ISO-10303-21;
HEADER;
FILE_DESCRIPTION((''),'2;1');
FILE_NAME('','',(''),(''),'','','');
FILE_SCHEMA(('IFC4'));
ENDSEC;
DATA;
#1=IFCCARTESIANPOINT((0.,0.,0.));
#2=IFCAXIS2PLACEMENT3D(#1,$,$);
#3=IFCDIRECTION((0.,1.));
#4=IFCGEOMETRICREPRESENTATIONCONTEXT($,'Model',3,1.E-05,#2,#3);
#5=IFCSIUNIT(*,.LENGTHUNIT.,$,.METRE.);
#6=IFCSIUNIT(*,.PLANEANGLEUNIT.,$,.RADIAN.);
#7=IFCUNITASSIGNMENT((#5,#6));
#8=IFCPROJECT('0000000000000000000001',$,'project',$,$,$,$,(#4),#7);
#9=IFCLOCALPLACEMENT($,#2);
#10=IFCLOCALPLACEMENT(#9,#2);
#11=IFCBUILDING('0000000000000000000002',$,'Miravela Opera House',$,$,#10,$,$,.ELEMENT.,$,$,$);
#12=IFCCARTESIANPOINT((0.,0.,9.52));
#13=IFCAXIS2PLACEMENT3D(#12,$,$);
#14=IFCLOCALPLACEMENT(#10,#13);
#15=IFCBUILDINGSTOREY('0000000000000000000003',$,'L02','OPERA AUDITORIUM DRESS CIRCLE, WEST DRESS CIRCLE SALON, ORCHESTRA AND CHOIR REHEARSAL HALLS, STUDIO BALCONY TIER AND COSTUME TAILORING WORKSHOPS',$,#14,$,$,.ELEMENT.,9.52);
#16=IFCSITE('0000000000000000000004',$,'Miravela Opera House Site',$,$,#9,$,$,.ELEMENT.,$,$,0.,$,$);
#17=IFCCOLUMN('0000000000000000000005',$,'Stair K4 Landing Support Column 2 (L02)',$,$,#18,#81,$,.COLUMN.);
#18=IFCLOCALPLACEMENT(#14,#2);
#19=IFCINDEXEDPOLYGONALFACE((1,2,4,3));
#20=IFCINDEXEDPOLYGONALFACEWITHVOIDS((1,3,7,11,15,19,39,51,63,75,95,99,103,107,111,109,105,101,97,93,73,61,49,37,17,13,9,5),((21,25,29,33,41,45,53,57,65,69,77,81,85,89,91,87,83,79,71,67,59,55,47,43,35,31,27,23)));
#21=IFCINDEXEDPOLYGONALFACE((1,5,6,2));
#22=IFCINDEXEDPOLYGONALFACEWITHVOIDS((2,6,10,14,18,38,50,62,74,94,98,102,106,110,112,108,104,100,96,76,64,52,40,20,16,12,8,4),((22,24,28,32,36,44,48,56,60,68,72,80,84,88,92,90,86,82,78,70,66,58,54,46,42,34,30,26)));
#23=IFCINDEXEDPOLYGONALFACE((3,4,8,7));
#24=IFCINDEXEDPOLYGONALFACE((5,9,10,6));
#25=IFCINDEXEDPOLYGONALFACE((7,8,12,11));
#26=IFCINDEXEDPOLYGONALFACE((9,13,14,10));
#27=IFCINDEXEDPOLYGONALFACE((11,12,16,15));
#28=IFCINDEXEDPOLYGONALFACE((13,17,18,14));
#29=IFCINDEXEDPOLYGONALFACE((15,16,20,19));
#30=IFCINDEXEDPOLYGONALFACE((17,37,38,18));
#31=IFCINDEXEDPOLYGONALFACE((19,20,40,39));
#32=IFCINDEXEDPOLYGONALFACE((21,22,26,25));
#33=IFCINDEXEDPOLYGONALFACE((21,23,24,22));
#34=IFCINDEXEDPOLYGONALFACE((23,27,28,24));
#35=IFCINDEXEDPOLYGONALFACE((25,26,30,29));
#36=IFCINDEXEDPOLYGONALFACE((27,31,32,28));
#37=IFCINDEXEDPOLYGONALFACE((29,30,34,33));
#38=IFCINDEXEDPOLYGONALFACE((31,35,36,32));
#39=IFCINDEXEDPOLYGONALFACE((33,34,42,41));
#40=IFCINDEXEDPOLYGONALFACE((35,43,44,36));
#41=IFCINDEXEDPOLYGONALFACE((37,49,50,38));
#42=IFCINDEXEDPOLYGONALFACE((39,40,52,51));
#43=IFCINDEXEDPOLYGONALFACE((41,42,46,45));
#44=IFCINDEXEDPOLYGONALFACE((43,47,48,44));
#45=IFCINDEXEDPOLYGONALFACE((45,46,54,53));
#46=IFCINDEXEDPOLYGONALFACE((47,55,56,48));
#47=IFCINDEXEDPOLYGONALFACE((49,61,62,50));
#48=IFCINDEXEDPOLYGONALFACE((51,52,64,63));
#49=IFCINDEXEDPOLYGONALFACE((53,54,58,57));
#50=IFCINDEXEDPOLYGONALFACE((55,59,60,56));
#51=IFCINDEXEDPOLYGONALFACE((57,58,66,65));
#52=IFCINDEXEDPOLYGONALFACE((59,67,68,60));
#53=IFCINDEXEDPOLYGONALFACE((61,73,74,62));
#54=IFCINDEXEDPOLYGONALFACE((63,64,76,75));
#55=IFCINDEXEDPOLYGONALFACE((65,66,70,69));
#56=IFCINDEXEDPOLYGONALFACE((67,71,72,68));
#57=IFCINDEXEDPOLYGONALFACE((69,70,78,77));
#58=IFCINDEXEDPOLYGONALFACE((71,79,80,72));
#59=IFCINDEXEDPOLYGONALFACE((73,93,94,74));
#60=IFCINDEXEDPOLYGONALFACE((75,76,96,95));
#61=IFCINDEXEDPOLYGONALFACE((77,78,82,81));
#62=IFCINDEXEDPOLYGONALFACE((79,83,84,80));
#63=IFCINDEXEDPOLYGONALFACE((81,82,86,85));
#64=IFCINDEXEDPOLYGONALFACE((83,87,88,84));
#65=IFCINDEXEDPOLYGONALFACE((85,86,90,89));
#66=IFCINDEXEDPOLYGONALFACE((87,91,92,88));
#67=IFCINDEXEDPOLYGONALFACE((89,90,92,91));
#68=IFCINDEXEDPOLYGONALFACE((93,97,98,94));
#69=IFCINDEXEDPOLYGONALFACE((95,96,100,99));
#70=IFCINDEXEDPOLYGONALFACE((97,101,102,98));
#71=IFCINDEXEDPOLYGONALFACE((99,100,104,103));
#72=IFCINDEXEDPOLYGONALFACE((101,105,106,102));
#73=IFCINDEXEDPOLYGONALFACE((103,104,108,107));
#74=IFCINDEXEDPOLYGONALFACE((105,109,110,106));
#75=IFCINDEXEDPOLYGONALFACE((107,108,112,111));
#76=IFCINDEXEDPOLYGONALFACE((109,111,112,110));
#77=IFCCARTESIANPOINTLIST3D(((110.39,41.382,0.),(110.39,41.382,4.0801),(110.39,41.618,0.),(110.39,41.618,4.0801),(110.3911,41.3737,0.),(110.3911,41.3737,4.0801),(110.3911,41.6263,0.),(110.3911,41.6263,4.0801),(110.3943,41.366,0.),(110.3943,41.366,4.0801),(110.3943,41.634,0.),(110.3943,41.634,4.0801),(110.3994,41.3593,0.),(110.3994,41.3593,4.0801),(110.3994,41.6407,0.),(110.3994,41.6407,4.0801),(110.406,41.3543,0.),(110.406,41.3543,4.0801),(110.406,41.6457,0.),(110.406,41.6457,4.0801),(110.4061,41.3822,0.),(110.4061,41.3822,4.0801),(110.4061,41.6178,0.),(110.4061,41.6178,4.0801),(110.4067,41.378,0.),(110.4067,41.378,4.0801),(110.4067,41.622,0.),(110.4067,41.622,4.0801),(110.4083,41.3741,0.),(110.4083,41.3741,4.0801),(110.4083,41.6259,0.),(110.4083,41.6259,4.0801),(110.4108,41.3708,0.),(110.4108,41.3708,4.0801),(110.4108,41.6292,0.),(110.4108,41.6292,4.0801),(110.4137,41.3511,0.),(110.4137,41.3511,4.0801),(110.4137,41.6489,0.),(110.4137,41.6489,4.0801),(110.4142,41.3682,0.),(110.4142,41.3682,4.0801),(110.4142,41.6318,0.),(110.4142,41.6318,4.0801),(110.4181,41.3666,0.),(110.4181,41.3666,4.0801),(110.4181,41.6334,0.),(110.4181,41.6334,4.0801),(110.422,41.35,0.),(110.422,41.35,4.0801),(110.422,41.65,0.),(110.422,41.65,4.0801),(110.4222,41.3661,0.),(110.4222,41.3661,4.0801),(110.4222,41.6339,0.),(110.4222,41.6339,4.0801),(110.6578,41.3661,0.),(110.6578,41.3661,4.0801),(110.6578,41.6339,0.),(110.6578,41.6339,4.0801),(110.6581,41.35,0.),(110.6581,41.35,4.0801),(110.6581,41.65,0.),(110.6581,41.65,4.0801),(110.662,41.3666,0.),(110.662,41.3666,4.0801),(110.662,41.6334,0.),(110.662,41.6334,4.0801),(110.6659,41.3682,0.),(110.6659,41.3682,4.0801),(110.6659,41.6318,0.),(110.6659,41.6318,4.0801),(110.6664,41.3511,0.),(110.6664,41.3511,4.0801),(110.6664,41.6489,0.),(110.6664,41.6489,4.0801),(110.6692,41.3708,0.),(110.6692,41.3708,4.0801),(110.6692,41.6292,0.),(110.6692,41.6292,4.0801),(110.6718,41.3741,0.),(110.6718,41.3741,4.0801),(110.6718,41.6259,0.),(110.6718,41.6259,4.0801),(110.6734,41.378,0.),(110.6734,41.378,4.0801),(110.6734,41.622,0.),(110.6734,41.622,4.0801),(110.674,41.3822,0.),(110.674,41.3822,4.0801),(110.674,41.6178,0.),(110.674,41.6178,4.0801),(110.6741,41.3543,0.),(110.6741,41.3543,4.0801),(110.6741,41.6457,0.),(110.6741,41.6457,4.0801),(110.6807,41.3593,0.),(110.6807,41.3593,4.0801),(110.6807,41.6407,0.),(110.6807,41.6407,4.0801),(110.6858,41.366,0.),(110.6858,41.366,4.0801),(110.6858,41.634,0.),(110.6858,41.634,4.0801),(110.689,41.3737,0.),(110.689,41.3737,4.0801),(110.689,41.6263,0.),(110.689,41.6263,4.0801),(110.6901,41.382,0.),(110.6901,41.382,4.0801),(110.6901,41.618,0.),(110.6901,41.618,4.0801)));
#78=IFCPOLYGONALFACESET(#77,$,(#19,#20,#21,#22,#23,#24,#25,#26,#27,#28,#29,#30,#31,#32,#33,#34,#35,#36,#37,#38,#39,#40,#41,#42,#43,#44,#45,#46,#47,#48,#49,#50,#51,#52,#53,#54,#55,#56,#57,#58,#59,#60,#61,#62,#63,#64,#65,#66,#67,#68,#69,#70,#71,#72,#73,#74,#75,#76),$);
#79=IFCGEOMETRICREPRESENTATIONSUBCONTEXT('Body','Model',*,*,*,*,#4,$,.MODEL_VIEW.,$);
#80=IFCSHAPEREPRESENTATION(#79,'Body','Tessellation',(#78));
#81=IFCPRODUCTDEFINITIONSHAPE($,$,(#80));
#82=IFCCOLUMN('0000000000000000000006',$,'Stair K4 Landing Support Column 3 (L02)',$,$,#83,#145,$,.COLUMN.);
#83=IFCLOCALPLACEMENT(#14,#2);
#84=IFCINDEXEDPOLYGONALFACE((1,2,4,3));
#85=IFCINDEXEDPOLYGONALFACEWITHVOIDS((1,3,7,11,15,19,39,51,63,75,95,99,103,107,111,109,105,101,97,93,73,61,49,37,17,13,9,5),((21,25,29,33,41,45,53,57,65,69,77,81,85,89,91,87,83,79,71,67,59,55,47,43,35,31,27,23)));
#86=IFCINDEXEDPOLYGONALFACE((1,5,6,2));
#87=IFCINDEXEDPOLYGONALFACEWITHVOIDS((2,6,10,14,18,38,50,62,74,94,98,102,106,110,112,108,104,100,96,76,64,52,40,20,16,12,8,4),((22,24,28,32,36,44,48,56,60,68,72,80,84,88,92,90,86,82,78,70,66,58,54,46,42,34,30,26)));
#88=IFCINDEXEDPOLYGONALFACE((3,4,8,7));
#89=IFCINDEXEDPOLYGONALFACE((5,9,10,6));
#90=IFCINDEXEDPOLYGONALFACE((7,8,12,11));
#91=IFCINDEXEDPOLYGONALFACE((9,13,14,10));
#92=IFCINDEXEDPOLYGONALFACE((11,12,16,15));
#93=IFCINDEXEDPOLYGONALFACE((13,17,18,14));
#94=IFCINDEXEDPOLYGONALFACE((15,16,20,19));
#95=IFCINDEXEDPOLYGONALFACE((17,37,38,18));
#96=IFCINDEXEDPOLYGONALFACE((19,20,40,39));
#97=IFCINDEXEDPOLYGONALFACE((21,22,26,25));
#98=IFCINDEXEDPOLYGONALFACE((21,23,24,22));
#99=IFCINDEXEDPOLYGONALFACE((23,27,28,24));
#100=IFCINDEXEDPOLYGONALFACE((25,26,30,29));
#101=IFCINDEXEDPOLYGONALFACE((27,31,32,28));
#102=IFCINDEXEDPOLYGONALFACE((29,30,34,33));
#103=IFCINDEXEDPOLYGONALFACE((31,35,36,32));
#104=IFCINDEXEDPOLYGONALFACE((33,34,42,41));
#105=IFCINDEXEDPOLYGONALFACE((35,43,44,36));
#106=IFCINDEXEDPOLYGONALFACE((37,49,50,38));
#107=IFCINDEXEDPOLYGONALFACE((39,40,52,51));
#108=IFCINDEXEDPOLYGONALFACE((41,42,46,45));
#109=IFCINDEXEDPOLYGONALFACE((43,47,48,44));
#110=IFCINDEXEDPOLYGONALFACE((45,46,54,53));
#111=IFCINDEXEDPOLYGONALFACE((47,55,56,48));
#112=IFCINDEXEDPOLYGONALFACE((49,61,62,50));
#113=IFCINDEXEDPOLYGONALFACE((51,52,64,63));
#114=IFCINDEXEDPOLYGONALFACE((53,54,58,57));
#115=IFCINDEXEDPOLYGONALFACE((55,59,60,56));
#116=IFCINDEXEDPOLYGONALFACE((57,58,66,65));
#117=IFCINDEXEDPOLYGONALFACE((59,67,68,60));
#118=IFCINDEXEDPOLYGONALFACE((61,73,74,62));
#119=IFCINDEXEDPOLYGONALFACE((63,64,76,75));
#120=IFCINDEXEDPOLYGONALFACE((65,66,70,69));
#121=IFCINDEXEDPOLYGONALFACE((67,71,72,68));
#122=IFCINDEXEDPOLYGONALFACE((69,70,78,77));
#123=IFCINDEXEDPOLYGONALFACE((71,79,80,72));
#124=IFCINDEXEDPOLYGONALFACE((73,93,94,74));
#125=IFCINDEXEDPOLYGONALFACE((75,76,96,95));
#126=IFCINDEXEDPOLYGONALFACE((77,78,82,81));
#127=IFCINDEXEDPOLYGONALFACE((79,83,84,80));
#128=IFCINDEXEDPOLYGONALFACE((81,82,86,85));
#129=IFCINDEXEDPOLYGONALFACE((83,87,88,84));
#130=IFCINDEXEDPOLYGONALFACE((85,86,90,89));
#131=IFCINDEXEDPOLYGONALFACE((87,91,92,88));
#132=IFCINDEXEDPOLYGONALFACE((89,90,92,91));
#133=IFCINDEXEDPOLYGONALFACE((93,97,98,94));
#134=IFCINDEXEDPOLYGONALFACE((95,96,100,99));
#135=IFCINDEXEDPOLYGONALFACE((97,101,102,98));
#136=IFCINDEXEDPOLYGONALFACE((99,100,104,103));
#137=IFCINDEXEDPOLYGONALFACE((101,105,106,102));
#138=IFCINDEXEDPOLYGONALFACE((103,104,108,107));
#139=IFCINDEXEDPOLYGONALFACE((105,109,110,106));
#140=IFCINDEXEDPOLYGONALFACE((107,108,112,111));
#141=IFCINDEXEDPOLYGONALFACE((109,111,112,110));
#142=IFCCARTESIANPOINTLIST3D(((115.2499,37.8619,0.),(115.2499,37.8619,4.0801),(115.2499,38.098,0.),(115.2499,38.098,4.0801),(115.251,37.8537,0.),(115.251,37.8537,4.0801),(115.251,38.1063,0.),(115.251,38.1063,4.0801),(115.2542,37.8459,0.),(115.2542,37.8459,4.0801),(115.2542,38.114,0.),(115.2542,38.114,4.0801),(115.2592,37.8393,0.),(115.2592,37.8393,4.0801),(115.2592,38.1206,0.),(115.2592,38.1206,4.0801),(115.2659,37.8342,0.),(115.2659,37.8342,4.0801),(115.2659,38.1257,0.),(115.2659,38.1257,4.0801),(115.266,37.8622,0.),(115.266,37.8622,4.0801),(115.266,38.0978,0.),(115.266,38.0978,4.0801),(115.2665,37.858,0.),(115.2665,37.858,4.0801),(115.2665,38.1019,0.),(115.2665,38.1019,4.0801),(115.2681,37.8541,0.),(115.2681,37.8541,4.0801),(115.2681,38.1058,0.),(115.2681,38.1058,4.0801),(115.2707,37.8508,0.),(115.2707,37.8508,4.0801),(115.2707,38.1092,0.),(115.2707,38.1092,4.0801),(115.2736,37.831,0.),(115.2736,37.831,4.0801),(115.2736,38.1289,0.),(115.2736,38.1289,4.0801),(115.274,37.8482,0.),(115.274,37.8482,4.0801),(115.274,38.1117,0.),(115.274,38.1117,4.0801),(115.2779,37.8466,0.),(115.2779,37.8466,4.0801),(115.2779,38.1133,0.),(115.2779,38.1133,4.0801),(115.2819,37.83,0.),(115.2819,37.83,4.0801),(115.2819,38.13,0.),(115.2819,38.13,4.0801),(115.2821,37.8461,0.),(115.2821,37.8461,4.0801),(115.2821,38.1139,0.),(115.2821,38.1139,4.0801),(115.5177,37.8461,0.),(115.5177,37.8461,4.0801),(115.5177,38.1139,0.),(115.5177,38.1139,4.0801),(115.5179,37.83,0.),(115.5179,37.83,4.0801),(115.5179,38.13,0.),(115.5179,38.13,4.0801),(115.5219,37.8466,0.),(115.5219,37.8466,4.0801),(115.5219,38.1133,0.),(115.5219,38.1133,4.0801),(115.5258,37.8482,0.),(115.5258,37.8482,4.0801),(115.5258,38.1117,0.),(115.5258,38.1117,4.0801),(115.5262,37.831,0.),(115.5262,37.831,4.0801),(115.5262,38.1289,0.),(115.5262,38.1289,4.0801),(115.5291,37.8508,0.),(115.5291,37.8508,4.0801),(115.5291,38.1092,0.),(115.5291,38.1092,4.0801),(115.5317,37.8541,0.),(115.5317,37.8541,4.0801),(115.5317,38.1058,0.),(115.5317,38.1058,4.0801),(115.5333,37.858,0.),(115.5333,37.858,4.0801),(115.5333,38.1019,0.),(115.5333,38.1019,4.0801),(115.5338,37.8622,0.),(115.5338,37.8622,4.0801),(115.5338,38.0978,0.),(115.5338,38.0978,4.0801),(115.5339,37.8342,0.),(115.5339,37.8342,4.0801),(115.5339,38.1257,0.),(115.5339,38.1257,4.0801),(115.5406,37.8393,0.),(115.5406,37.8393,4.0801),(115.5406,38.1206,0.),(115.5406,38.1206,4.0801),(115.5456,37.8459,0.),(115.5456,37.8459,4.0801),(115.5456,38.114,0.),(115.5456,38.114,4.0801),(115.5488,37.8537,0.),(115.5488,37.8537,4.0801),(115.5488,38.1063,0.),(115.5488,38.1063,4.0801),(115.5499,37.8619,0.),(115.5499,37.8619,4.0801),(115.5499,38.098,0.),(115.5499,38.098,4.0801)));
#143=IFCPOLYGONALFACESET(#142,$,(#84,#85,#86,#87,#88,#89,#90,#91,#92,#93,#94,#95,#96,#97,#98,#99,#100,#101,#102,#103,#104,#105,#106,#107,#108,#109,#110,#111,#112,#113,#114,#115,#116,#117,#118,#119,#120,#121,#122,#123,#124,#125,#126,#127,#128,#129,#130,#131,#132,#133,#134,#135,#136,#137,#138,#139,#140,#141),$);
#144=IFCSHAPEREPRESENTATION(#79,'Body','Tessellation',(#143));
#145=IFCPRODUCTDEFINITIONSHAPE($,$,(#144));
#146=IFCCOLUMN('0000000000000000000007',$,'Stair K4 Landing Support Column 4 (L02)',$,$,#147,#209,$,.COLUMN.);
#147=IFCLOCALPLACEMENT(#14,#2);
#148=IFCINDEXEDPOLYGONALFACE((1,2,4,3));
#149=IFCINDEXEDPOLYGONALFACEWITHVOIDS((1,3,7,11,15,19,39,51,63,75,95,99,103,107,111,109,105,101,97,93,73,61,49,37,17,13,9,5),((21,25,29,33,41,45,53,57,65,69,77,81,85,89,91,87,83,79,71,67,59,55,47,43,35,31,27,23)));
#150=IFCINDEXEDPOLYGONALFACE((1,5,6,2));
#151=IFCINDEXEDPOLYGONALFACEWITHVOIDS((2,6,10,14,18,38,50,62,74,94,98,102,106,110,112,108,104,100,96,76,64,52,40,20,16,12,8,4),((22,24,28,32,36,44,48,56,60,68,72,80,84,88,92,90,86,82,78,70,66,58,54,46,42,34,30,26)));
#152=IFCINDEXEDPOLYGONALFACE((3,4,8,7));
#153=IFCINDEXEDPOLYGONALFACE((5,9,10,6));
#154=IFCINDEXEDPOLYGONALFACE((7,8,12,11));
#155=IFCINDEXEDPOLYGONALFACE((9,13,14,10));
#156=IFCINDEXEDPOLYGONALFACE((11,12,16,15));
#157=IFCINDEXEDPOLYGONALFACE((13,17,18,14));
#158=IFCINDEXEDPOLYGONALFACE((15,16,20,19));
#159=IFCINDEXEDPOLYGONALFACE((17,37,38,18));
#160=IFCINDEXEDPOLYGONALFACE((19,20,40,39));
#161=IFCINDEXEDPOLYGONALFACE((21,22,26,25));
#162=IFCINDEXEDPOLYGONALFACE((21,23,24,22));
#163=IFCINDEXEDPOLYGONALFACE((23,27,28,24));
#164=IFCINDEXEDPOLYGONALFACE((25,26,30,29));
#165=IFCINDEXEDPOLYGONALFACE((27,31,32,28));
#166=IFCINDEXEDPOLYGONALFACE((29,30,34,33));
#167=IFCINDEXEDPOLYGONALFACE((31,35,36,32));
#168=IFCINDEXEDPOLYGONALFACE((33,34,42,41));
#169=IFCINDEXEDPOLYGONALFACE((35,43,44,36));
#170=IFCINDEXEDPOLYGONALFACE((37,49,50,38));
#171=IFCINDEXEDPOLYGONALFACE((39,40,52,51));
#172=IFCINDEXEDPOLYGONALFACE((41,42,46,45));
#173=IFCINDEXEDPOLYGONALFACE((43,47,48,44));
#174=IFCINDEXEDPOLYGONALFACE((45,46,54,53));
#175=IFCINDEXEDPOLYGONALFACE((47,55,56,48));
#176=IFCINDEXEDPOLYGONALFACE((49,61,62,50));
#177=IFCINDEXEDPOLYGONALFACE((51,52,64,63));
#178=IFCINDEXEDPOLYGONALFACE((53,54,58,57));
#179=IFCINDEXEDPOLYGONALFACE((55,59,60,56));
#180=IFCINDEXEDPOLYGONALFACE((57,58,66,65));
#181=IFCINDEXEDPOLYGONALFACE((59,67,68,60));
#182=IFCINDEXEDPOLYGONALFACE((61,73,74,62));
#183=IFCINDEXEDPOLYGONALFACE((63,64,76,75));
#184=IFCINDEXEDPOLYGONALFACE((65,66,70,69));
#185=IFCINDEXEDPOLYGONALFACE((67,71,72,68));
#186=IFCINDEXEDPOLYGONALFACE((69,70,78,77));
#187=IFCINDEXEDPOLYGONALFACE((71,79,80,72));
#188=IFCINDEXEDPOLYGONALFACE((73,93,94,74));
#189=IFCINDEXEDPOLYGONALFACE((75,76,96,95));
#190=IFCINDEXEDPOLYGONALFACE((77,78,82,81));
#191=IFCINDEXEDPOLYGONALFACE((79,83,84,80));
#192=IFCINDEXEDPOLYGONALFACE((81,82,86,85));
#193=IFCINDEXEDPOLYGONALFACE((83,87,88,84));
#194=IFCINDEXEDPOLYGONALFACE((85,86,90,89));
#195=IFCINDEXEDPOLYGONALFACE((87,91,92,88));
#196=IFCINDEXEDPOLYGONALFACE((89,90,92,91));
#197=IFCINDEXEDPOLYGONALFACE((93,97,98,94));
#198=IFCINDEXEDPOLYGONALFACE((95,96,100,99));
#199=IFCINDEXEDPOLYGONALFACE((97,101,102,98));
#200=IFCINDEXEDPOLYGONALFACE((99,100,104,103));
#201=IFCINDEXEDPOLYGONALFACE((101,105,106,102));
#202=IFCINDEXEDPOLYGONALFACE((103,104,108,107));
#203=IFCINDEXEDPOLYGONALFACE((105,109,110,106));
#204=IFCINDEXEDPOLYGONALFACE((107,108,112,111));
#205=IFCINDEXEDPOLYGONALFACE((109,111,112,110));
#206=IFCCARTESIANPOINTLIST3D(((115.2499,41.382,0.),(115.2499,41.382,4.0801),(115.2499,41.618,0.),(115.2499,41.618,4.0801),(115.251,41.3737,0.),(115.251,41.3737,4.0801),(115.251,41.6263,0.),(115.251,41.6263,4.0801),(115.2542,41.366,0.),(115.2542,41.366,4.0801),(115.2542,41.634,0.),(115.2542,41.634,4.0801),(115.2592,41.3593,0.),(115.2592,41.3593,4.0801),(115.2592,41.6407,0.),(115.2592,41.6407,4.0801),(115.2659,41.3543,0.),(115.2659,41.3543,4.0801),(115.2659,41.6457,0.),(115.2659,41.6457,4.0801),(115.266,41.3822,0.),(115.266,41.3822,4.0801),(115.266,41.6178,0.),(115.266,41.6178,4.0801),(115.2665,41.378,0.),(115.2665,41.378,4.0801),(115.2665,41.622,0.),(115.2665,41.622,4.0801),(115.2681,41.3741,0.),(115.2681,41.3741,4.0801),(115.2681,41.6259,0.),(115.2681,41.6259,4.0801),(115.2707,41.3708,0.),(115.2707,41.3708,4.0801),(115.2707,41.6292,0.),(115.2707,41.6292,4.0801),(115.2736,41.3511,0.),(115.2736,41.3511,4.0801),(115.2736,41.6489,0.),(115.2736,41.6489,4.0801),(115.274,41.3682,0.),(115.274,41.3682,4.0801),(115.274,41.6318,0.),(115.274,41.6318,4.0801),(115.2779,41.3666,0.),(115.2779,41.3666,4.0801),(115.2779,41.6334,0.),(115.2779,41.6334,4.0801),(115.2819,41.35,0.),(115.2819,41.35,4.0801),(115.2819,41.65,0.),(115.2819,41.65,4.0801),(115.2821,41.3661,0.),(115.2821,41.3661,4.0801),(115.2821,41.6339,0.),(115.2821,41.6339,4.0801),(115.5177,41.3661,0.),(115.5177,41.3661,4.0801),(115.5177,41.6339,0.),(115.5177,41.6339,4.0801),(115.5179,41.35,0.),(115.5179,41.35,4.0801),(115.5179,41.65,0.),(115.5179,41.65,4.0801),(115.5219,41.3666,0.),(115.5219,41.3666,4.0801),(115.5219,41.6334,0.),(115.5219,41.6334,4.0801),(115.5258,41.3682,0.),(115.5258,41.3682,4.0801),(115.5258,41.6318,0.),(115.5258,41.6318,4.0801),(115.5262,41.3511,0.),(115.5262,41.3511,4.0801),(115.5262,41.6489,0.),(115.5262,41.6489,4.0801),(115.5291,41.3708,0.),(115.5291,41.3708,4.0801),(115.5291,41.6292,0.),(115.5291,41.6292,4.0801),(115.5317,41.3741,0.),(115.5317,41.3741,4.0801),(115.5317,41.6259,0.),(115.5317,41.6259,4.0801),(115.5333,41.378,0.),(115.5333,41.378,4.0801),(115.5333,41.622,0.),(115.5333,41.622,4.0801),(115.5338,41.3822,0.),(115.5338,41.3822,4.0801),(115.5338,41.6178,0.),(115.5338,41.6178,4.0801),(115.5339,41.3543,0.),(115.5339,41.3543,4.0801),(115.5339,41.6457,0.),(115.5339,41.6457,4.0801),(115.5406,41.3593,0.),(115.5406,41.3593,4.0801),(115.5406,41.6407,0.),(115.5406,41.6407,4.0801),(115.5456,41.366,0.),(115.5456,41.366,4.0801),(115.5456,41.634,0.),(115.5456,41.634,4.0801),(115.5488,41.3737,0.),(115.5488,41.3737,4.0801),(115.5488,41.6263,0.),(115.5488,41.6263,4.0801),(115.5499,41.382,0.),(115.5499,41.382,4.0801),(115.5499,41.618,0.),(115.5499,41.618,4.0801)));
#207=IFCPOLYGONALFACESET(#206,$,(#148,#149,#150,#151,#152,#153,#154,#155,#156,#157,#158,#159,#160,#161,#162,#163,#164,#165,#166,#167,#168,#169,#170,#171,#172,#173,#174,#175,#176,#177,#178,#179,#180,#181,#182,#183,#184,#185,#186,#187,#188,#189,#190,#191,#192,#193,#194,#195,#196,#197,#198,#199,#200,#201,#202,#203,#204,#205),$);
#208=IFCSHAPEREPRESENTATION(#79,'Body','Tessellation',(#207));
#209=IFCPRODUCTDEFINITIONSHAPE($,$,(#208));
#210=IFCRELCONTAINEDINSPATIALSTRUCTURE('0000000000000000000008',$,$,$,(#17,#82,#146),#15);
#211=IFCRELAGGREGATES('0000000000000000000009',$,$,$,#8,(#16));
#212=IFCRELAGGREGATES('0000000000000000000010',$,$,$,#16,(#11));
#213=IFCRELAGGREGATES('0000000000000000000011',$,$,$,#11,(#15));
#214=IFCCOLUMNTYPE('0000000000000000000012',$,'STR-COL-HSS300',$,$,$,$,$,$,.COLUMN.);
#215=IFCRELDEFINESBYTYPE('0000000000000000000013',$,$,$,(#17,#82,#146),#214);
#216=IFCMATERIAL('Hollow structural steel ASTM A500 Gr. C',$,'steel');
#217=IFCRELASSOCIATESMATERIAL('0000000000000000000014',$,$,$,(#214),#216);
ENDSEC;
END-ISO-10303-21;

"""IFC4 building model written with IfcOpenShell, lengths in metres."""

from ifc_helpers import new_model, si_unit, direction, frame, origin, origin_2d, place, context, subcontext, project, spatial, hollow_rectangle, extrude, material, material_profile, profile_set, type_object, element, save


model = new_model("IFC4")

# Units and contexts
model_context = context("Model", 3, precision=1e-05, world=origin(), true_north=direction((0.0, 1.0)))
body_context = subcontext(model_context, "Body", "Model", "MODEL_VIEW")
ifc_project = project(units=[si_unit("LENGTHUNIT", "METRE"), si_unit("PLANEANGLEUNIT", "RADIAN")], contexts=[model_context])

# Site, building, storey
site_placement = place(None, origin())
site = spatial("IfcSite", under=ifc_project, at=site_placement, Name="Miravela Opera House Site", CompositionType="ELEMENT", RefElevation=0.0)
building_placement = place(site_placement, origin())
building = spatial("IfcBuilding", under=site, at=building_placement, Name="Miravela Opera House", CompositionType="ELEMENT")
storey_placement = place(building_placement, frame((0.0, 0.0, 9.52)))
storey = spatial("IfcBuildingStorey", under=building, at=storey_placement, Name="L02", Description="OPERA AUDITORIUM DRESS CIRCLE, WEST DRESS CIRCLE SALON, ORCHESTRA AND CHOIR REHEARSAL HALLS, STUDIO BALCONY TIER AND COSTUME TAILORING WORKSHOPS", CompositionType="ELEMENT", Elevation=9.52)

# Columns
ifc_material_1 = material(Name="Hollow structural steel ASTM A500 Gr. C", Category="steel")
ifc_material_profile_1 = material_profile(ifc_material_1, hollow_rectangle(XDim=0.3, YDim=0.3, WallThickness=0.0161, InnerFilletRadius=0.0161, OuterFilletRadius=0.032, at=origin_2d()), Name="HSS300X300X16")
ifc_profile_set_1 = profile_set([ifc_material_profile_1])
column_type_1 = type_object("IfcColumnType", Name="STR-COL-HSS300", PredefinedType="COLUMN", material=ifc_profile_set_1)
for number, where, z_axis, x_axis, name in (
    (1, (110.54, 41.5, 0.0), (0.0, 0.0, 1.0), (1.0, 0.0, 0.0), "Stair K4 Landing Support Column 2 (L02)"),
    (2, (115.3999, 37.98, 0.0), (0.0, 0.0, 1.0), (1.0, 0.0, 0.0), "Stair K4 Landing Support Column 3 (L02)"),
    (3, (115.3999, 41.5, 0.0), (0.0, 0.0, 1.0), (1.0, 0.0, 0.0), "Stair K4 Landing Support Column 4 (L02)"),
):
    element("IfcColumn", number, at=place(storey_placement, frame(where, z_axis=z_axis, x_axis=x_axis)), inside=storey, type_object=column_type_1, Name=name, PredefinedType="COLUMN", context=body_context, shape_type="SweptSolid", body=[
        extrude(hollow_rectangle(XDim=0.3, YDim=0.3, WallThickness=0.0161, InnerFilletRadius=0.0161, OuterFilletRadius=0.032, at=origin_2d()), origin(), (0.0, 0.0, 1.0), 4.0801),
    ])

save(model, "model.ifc")
